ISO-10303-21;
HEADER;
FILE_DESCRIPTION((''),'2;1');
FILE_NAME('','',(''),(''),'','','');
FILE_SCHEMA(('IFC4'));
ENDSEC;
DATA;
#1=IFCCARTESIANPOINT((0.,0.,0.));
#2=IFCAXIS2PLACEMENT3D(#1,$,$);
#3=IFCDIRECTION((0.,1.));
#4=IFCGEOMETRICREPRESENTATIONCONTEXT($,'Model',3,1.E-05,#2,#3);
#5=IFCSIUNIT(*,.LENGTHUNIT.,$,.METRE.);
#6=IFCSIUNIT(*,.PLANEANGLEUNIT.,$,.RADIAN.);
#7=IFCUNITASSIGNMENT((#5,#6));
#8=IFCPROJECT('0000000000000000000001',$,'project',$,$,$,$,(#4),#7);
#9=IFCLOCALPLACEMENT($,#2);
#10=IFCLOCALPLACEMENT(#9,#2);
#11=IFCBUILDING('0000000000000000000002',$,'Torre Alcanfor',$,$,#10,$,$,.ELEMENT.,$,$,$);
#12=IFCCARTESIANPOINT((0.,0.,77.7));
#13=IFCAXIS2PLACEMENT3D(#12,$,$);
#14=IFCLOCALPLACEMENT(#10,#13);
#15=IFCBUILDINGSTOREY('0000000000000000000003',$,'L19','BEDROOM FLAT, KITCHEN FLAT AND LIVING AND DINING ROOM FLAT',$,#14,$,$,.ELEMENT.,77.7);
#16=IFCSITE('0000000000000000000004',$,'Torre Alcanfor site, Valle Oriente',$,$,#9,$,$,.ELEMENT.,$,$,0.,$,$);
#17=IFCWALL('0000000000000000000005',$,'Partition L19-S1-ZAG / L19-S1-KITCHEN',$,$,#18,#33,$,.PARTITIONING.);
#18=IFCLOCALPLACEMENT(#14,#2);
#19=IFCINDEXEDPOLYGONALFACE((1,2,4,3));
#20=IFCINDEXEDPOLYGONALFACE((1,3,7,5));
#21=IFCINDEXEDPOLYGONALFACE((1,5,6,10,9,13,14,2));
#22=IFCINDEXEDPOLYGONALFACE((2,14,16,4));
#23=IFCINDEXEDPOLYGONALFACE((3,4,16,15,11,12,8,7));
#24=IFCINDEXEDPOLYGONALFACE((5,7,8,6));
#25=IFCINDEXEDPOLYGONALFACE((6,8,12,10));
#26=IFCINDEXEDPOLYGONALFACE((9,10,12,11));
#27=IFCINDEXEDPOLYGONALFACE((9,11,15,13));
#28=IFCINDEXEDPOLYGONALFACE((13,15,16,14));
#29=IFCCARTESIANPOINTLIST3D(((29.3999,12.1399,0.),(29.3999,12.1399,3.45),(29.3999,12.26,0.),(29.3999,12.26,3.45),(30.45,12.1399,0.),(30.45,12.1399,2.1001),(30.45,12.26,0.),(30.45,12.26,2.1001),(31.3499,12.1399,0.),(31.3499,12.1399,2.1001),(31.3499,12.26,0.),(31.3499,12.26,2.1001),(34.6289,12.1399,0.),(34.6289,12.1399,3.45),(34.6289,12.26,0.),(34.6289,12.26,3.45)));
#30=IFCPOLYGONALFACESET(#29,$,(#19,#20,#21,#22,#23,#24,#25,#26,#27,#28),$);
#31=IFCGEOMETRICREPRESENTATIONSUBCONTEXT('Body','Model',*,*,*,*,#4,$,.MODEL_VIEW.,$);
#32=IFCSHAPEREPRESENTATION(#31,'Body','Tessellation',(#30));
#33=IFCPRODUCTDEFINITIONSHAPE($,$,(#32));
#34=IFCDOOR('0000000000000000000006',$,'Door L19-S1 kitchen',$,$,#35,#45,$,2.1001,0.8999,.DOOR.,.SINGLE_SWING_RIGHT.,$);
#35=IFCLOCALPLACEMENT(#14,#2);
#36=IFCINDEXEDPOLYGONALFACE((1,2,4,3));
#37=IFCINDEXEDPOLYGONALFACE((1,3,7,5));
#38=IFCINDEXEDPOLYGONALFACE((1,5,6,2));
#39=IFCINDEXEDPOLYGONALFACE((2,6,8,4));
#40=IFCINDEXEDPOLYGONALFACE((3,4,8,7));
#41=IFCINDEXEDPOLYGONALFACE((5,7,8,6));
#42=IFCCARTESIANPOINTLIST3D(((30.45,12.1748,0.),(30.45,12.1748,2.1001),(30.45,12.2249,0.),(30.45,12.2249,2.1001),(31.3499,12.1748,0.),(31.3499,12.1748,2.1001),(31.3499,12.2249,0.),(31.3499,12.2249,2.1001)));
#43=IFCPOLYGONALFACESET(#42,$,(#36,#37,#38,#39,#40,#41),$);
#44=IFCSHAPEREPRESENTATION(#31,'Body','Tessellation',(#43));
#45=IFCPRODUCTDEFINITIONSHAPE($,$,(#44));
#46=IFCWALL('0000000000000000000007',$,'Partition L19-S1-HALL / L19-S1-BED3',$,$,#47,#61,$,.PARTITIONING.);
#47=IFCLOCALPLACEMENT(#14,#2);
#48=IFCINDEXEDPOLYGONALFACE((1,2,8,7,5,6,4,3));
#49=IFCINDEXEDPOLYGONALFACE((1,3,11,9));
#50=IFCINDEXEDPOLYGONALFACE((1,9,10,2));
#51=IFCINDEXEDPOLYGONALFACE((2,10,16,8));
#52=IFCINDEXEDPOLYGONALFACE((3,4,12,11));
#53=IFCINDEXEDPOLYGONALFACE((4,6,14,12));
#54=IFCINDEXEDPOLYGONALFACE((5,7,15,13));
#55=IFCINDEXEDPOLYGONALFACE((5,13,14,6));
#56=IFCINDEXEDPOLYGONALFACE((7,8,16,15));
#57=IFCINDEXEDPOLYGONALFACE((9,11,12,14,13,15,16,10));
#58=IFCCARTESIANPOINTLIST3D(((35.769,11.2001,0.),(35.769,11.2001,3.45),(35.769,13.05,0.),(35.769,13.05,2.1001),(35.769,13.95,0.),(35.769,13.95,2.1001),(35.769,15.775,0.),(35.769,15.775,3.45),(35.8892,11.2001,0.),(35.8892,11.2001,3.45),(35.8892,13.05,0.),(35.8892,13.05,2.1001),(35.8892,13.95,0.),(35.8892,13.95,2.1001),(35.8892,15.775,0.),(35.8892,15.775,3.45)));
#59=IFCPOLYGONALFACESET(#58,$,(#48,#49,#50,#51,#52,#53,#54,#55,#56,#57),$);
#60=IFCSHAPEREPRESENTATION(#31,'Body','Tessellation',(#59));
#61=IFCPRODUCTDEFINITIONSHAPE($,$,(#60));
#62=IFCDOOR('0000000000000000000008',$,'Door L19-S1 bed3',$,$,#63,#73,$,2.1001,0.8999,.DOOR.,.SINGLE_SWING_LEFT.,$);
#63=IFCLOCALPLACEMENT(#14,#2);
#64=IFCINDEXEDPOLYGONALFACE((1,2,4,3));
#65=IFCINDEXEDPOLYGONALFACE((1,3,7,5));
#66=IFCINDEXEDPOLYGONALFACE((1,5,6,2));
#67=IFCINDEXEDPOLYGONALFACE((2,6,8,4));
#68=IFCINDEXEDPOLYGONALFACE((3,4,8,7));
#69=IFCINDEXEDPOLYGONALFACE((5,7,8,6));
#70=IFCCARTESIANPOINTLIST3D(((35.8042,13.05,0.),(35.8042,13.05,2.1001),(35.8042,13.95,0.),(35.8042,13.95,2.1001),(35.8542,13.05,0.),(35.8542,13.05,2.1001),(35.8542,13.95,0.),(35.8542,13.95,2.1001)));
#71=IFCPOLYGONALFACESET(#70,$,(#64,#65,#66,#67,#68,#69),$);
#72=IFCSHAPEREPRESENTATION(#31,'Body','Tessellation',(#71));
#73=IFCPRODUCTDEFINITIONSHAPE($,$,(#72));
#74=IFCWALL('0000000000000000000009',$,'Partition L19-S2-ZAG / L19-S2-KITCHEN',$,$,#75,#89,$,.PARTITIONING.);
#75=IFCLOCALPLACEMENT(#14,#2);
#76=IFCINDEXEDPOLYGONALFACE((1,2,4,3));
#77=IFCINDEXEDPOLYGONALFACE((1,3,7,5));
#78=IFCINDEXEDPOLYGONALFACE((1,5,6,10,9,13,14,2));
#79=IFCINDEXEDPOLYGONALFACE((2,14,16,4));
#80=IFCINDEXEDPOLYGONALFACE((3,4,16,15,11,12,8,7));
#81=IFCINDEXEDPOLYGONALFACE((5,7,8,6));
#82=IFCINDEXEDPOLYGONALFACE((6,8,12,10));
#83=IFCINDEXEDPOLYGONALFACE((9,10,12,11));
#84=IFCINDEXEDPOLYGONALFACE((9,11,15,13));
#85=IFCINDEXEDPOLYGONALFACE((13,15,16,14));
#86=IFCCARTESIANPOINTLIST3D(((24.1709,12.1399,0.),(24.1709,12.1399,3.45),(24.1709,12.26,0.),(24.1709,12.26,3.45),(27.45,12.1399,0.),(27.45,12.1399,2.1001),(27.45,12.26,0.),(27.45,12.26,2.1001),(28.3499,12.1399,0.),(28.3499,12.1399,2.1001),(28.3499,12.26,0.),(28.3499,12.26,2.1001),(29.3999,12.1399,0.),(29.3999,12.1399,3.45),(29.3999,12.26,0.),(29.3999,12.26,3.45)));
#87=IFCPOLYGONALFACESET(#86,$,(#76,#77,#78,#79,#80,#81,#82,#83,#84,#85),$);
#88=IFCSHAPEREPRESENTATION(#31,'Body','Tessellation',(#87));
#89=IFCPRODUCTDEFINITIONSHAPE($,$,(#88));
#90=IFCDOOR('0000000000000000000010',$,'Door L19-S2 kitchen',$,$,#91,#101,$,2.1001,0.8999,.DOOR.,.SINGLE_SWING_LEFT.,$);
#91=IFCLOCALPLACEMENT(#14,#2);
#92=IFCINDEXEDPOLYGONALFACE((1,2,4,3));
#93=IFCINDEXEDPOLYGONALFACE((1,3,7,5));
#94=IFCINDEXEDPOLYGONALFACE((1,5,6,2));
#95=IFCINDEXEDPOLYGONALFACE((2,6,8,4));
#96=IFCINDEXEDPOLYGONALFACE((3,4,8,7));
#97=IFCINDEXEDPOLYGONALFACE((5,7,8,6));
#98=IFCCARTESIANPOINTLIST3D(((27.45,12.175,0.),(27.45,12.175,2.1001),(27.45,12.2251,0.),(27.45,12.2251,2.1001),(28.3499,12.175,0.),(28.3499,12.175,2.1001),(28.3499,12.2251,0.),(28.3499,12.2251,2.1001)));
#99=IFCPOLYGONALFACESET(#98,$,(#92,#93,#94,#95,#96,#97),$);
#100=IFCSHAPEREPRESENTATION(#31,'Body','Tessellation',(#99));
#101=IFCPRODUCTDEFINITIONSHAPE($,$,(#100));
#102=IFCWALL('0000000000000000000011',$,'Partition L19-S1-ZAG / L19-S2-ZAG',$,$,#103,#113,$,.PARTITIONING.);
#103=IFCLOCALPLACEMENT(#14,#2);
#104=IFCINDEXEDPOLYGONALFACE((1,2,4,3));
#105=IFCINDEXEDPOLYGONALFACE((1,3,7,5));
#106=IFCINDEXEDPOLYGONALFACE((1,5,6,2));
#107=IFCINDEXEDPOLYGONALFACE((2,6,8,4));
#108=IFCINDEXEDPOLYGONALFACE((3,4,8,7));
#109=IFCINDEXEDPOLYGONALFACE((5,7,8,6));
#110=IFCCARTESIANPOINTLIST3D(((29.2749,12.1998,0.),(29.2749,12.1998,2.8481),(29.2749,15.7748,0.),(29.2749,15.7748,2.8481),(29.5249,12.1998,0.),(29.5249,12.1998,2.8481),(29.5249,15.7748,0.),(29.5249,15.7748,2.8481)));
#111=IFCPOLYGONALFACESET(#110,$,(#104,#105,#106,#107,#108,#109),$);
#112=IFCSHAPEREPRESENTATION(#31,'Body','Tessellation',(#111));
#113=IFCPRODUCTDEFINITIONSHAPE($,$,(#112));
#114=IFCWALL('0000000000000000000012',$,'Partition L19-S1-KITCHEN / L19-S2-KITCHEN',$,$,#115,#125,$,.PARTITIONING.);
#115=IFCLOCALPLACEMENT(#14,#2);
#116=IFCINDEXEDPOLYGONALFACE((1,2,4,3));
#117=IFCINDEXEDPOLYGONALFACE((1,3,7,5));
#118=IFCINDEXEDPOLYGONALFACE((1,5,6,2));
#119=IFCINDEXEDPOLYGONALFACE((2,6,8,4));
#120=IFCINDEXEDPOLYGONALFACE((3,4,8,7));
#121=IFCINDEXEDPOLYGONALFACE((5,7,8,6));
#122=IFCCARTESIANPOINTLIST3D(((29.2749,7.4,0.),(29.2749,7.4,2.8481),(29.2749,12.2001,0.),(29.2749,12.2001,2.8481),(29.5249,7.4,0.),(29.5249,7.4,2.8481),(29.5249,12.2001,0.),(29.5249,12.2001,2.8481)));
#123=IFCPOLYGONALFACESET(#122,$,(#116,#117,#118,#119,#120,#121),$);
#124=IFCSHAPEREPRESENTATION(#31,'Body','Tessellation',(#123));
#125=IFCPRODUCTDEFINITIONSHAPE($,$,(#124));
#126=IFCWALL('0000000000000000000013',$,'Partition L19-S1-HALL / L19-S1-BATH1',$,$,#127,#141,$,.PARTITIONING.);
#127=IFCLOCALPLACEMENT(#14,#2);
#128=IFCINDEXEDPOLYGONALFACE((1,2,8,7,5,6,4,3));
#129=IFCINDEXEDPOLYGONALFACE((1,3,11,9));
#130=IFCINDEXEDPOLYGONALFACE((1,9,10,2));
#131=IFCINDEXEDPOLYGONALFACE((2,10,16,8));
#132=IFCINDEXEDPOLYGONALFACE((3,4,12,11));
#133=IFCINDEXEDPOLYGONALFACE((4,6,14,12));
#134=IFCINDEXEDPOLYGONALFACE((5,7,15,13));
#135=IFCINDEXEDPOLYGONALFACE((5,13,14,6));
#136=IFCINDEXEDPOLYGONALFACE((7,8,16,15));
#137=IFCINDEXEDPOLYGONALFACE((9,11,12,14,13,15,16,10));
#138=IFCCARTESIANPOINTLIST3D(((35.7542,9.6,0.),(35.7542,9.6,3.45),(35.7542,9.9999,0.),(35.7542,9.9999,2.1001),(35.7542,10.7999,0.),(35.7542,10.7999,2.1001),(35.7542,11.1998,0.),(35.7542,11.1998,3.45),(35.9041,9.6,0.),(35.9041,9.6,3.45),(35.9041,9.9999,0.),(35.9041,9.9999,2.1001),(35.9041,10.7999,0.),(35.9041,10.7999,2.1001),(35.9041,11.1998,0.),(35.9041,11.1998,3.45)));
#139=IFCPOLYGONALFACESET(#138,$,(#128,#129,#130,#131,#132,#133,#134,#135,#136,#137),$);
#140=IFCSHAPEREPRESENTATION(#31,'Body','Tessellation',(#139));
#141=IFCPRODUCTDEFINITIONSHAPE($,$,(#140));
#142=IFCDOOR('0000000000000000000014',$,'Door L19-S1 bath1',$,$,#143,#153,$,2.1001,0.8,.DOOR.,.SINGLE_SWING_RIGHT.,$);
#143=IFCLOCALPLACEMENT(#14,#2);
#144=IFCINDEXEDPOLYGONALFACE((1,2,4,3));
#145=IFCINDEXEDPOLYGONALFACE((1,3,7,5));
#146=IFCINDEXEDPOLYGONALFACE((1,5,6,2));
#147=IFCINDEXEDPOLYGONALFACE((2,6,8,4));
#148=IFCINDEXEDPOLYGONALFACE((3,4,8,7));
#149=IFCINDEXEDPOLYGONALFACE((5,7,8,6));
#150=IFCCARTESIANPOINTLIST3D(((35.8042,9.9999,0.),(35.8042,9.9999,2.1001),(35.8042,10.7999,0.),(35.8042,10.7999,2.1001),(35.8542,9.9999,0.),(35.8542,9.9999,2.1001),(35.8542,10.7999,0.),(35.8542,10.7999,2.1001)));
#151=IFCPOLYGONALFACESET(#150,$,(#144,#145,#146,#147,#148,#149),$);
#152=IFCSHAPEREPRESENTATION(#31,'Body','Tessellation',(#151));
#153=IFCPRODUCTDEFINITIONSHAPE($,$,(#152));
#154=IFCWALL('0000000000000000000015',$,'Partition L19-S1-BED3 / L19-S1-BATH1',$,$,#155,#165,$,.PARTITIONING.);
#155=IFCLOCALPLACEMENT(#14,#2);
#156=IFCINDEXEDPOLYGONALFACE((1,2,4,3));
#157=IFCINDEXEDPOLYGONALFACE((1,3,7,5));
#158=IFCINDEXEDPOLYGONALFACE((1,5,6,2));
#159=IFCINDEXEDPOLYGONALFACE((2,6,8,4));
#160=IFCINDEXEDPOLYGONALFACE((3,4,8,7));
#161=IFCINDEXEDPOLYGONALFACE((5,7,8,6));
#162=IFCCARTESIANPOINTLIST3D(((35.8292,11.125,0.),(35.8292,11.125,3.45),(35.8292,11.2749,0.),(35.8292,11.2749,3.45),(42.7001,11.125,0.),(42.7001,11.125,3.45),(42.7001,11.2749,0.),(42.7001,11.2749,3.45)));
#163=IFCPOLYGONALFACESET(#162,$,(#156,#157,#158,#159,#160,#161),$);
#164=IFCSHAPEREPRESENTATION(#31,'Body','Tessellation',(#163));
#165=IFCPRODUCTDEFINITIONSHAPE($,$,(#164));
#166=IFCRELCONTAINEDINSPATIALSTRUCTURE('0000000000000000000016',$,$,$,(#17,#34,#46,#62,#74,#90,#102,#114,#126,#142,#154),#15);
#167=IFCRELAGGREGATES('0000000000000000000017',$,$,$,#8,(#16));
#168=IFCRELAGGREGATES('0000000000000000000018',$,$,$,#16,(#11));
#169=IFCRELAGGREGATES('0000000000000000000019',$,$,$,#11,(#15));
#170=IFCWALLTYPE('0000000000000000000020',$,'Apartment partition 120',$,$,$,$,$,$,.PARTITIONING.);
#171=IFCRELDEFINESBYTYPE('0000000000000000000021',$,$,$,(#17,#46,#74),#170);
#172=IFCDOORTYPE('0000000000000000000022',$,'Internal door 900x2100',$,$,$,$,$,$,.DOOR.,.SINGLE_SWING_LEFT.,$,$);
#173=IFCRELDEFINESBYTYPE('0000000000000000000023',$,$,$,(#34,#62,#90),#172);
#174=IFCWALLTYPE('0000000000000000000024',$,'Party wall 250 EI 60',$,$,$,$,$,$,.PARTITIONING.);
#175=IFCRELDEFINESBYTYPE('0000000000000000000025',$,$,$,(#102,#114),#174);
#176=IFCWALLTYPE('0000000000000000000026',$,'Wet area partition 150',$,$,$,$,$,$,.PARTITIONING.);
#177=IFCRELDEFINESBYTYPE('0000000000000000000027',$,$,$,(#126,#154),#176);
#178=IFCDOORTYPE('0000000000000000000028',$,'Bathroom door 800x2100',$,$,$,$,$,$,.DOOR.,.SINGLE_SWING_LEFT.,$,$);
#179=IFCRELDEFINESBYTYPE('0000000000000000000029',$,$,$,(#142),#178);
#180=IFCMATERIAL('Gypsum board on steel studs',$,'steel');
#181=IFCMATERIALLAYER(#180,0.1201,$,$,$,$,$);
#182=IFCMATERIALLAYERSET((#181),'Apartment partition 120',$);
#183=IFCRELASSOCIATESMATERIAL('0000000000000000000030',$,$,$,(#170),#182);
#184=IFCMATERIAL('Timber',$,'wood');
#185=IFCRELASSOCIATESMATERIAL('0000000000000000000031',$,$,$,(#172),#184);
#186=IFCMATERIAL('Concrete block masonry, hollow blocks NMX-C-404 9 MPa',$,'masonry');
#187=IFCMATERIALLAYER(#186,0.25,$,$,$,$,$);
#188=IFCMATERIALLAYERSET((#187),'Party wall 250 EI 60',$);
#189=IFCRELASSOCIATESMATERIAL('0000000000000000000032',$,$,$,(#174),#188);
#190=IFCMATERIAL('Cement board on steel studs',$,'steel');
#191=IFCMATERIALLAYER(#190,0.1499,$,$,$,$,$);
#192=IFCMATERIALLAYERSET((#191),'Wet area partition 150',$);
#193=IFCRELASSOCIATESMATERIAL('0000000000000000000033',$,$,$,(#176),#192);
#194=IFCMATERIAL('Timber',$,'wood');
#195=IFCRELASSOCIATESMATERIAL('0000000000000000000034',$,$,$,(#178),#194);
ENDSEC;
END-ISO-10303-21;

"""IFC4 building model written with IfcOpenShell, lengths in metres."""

from ifc_helpers import new_model, si_unit, direction, frame, frame_2d, origin, place, context, subcontext, project, spatial, rectangle, extrude, material, layer, layer_set, type_object, element, fill, save


model = new_model("IFC4")

# Units and contexts
model_context = context("Model", 3, precision=1e-05, world=origin(), true_north=direction((0.0, 1.0)))
body_context = subcontext(model_context, "Body", "Model", "MODEL_VIEW")
ifc_project = project(units=[si_unit("LENGTHUNIT", "METRE"), si_unit("PLANEANGLEUNIT", "RADIAN")], contexts=[model_context])

# Site, building, storey
site_placement = place(None, origin())
site = spatial("IfcSite", under=ifc_project, at=site_placement, Name="Torre Alcanfor site, Valle Oriente", CompositionType="ELEMENT", RefElevation=0.0)
building_placement = place(site_placement, origin())
building = spatial("IfcBuilding", under=site, at=building_placement, Name="Torre Alcanfor", CompositionType="ELEMENT")
storey_placement = place(building_placement, frame((0.0, 0.0, 77.7)))
storey = spatial("IfcBuildingStorey", under=building, at=storey_placement, Name="L19", Description="BEDROOM FLAT, KITCHEN FLAT AND LIVING AND DINING ROOM FLAT", CompositionType="ELEMENT", Elevation=77.7)

# Walls, openings, doors
ifc_material_1 = material(Name="Gypsum board on steel studs", Category="steel")
ifc_layer_1 = layer(ifc_material_1, 0.1201)
ifc_layer_set_1 = layer_set([ifc_layer_1], Name="Apartment partition 120")
wall_type_1 = type_object("IfcWallType", Name="Apartment partition 120", PredefinedType="PARTITIONING", material=ifc_layer_set_1)
wall_1_placement = place(storey_placement, frame((29.3999, 12.2, 0.0), z_axis=(0.0, 0.0, 1.0), x_axis=(1.0, 0.0, 0.0)))
wall_1 = element("IfcWall", 1, at=wall_1_placement, inside=storey, type_object=wall_type_1, Name="Partition L19-S1-ZAG / L19-S1-KITCHEN", PredefinedType="PARTITIONING", context=body_context, shape_type="SweptSolid", body=[
    extrude(rectangle(XDim=5.229, YDim=0.1201, at=frame_2d((2.6145, 0.0))), origin(), (0.0, 0.0, 1.0), 3.45),
])
opening_1_placement = place(wall_1_placement, frame((1.05, 0.0, 0.0)))
opening_1 = element("IfcOpeningElement", 2, at=opening_1_placement, cuts=wall_1, PredefinedType="OPENING", context=body_context, shape_type="SweptSolid", body=[
    extrude(rectangle(XDim=0.8999, YDim=2.1001, at=frame_2d((0.45, 1.05))), frame((0.0, 0.0701, 0.0), z_axis=(0.0, -1.0, 0.0), x_axis=(1.0, 0.0, 0.0)), (0.0, 0.0, 1.0), 0.1401),
])
ifc_material_2 = material(Name="Timber", Category="wood")
door_type_1 = type_object("IfcDoorType", Name="Internal door 900x2100", OperationType="SINGLE_SWING_LEFT", PredefinedType="DOOR", material=ifc_material_2)
door_1_placement = place(opening_1_placement, frame((0.8999, 0.0, 0.0), z_axis=(0.0, 0.0, 1.0), x_axis=(-1.0, 0.0, 0.0)))
door_1 = element("IfcDoor", 3, at=door_1_placement, inside=storey, type_object=door_type_1, Name="Door L19-S1 kitchen", OperationType="SINGLE_SWING_RIGHT", OverallHeight=2.1001, OverallWidth=0.8999, PredefinedType="DOOR", context=body_context, shape_type="SweptSolid", body=[
    extrude(rectangle(XDim=0.8999, YDim=2.1001, at=frame_2d((0.45, 1.05))), frame((0.0, 0.0251, 0.0), z_axis=(0.0, -1.0, 0.0), x_axis=(1.0, 0.0, 0.0)), (0.0, 0.0, 1.0), 0.05),
])
fill(opening_1, door_1)
wall_2_placement = place(storey_placement, frame((35.8291, 11.2, 0.0), z_axis=(0.0, 0.0, 1.0), x_axis=(0.0, 1.0, 0.0)))
wall_2 = element("IfcWall", 4, at=wall_2_placement, inside=storey, type_object=wall_type_1, Name="Partition L19-S1-HALL / L19-S1-BED3", PredefinedType="PARTITIONING", context=body_context, shape_type="SweptSolid", body=[
    extrude(rectangle(XDim=4.575, YDim=0.1201, at=frame_2d((2.2876, 0.0))), origin(), (0.0, 0.0, 1.0), 3.45),
])
opening_2_placement = place(wall_2_placement, frame((1.8501, 0.0, 0.0)))
opening_2 = element("IfcOpeningElement", 5, at=opening_2_placement, cuts=wall_2, PredefinedType="OPENING", context=body_context, shape_type="SweptSolid", body=[
    extrude(rectangle(XDim=0.8999, YDim=2.1001, at=frame_2d((0.45, 1.05))), frame((0.0, 0.0701, 0.0), z_axis=(0.0, -1.0, 0.0), x_axis=(1.0, 0.0, 0.0)), (0.0, 0.0, 1.0), 0.1401),
])
door_2_placement = place(opening_2_placement, frame((0.8999, 0.0, 0.0), z_axis=(0.0, 0.0, 1.0), x_axis=(-1.0, 0.0, 0.0)))
door_2 = element("IfcDoor", 6, at=door_2_placement, inside=storey, type_object=door_type_1, Name="Door L19-S1 bed3", OperationType="SINGLE_SWING_LEFT", OverallHeight=2.1001, OverallWidth=0.8999, PredefinedType="DOOR", context=body_context, shape_type="SweptSolid", body=[
    extrude(rectangle(XDim=0.8999, YDim=2.1001, at=frame_2d((0.45, 1.05))), frame((0.0, 0.0251, 0.0), z_axis=(0.0, -1.0, 0.0), x_axis=(1.0, 0.0, 0.0)), (0.0, 0.0, 1.0), 0.05),
])
fill(opening_2, door_2)
wall_3_placement = place(storey_placement, frame((29.3999, 12.2, 0.0), z_axis=(0.0, 0.0, 1.0), x_axis=(-1.0, 0.0, 0.0)))
wall_3 = element("IfcWall", 7, at=wall_3_placement, inside=storey, type_object=wall_type_1, Name="Partition L19-S2-ZAG / L19-S2-KITCHEN", PredefinedType="PARTITIONING", context=body_context, shape_type="SweptSolid", body=[
    extrude(rectangle(XDim=5.229, YDim=0.1201, at=frame_2d((2.6145, 0.0))), origin(), (0.0, 0.0, 1.0), 3.45),
])
opening_3_placement = place(wall_3_placement, frame((1.05, 0.0, 0.0)))
opening_3 = element("IfcOpeningElement", 8, at=opening_3_placement, cuts=wall_3, PredefinedType="OPENING", context=body_context, shape_type="SweptSolid", body=[
    extrude(rectangle(XDim=0.8999, YDim=2.1001, at=frame_2d((0.45, 1.05))), frame((0.0, 0.0701, 0.0), z_axis=(0.0, -1.0, 0.0), x_axis=(1.0, 0.0, 0.0)), (0.0, 0.0, 1.0), 0.1401),
])
door_3_placement = place(opening_3_placement, origin())
door_3 = element("IfcDoor", 9, at=door_3_placement, inside=storey, type_object=door_type_1, Name="Door L19-S2 kitchen", OperationType="SINGLE_SWING_LEFT", OverallHeight=2.1001, OverallWidth=0.8999, PredefinedType="DOOR", context=body_context, shape_type="SweptSolid", body=[
    extrude(rectangle(XDim=0.8999, YDim=2.1001, at=frame_2d((0.45, 1.05))), frame((0.0, 0.0249, 0.0), z_axis=(0.0, -1.0, 0.0), x_axis=(1.0, 0.0, 0.0)), (0.0, 0.0, 1.0), 0.05),
])
fill(opening_3, door_3)

# Walls
ifc_material_3 = material(Name="Concrete block masonry, hollow blocks NMX-C-404 9 MPa", Category="masonry")
ifc_layer_2 = layer(ifc_material_3, 0.25)
ifc_layer_set_2 = layer_set([ifc_layer_2], Name="Party wall 250 EI 60")
wall_type_2 = type_object("IfcWallType", Name="Party wall 250 EI 60", PredefinedType="PARTITIONING", material=ifc_layer_set_2)
wall_4_placement = place(storey_placement, frame((29.3999, 15.7749, 0.0), z_axis=(0.0, 0.0, 1.0), x_axis=(0.0, -1.0, 0.0)))
element("IfcWall", 10, at=wall_4_placement, inside=storey, type_object=wall_type_2, Name="Partition L19-S1-ZAG / L19-S2-ZAG", PredefinedType="PARTITIONING", context=body_context, shape_type="SweptSolid", body=[
    extrude(rectangle(XDim=3.575, YDim=0.25, at=frame_2d((1.7876, 0.0))), origin(), (0.0, 0.0, 1.0), 2.8481),
])
wall_5_placement = place(storey_placement, frame((29.3999, 12.2, 0.0), z_axis=(0.0, 0.0, 1.0), x_axis=(0.0, -1.0, 0.0)))
element("IfcWall", 11, at=wall_5_placement, inside=storey, type_object=wall_type_2, Name="Partition L19-S1-KITCHEN / L19-S2-KITCHEN", PredefinedType="PARTITIONING", context=body_context, shape_type="SweptSolid", body=[
    extrude(rectangle(XDim=4.8, YDim=0.25, at=frame_2d((2.3999, 0.0))), origin(), (0.0, 0.0, 1.0), 2.8481),
])

# Wall, opening, door
ifc_material_4 = material(Name="Cement board on steel studs", Category="steel")
ifc_layer_3 = layer(ifc_material_4, 0.1499)
ifc_layer_set_3 = layer_set([ifc_layer_3], Name="Wet area partition 150")
wall_type_3 = type_object("IfcWallType", Name="Wet area partition 150", PredefinedType="PARTITIONING", material=ifc_layer_set_3)
wall_6_placement = place(storey_placement, frame((35.8291, 9.6001, 0.0), z_axis=(0.0, 0.0, 1.0), x_axis=(0.0, 1.0, 0.0)))
wall_6 = element("IfcWall", 12, at=wall_6_placement, inside=storey, type_object=wall_type_3, Name="Partition L19-S1-HALL / L19-S1-BATH1", PredefinedType="PARTITIONING", context=body_context, shape_type="SweptSolid", body=[
    extrude(rectangle(XDim=1.5999, YDim=0.1499, at=frame_2d((0.7998, 0.0))), origin(), (0.0, 0.0, 1.0), 3.45),
])
opening_4_placement = place(wall_6_placement, frame((0.3999, 0.0, 0.0)))
opening_4 = element("IfcOpeningElement", 13, at=opening_4_placement, cuts=wall_6, PredefinedType="OPENING", context=body_context, shape_type="SweptSolid", body=[
    extrude(rectangle(XDim=0.8, YDim=2.1001, at=frame_2d((0.3999, 1.05))), frame((0.0, 0.085, 0.0), z_axis=(0.0, -1.0, 0.0), x_axis=(1.0, 0.0, 0.0)), (0.0, 0.0, 1.0), 0.1699),
])
ifc_material_5 = material(Name="Timber", Category="wood")
door_type_2 = type_object("IfcDoorType", Name="Bathroom door 800x2100", OperationType="SINGLE_SWING_LEFT", PredefinedType="DOOR", material=ifc_material_5)
door_4_placement = place(opening_4_placement, frame((0.8, 0.0, 0.0), z_axis=(0.0, 0.0, 1.0), x_axis=(-1.0, 0.0, 0.0)))
door_4 = element("IfcDoor", 14, at=door_4_placement, inside=storey, type_object=door_type_2, Name="Door L19-S1 bath1", OperationType="SINGLE_SWING_RIGHT", OverallHeight=2.1001, OverallWidth=0.8, PredefinedType="DOOR", context=body_context, shape_type="SweptSolid", body=[
    extrude(rectangle(XDim=0.8, YDim=2.1001, at=frame_2d((0.4001, 1.05))), frame((0.0, 0.0251, 0.0), z_axis=(0.0, -1.0, 0.0), x_axis=(1.0, 0.0, 0.0)), (0.0, 0.0, 1.0), 0.05),
])
fill(opening_4, door_4)

# Wall
for number, where, z_axis, x_axis, name in (
    (15, (35.8291, 11.2, 0.0), (0.0, 0.0, 1.0), (1.0, 0.0, 0.0), "Partition L19-S1-BED3 / L19-S1-BATH1"),
):
    element("IfcWall", number, at=place(storey_placement, frame(where, z_axis=z_axis, x_axis=x_axis)), inside=storey, type_object=wall_type_3, Name=name, PredefinedType="PARTITIONING", context=body_context, shape_type="SweptSolid", body=[
        extrude(rectangle(XDim=6.8708, YDim=0.1499, at=frame_2d((3.4355, 0.0))), origin(), (0.0, 0.0, 1.0), 3.45),
    ])

save(model, "model.ifc")
